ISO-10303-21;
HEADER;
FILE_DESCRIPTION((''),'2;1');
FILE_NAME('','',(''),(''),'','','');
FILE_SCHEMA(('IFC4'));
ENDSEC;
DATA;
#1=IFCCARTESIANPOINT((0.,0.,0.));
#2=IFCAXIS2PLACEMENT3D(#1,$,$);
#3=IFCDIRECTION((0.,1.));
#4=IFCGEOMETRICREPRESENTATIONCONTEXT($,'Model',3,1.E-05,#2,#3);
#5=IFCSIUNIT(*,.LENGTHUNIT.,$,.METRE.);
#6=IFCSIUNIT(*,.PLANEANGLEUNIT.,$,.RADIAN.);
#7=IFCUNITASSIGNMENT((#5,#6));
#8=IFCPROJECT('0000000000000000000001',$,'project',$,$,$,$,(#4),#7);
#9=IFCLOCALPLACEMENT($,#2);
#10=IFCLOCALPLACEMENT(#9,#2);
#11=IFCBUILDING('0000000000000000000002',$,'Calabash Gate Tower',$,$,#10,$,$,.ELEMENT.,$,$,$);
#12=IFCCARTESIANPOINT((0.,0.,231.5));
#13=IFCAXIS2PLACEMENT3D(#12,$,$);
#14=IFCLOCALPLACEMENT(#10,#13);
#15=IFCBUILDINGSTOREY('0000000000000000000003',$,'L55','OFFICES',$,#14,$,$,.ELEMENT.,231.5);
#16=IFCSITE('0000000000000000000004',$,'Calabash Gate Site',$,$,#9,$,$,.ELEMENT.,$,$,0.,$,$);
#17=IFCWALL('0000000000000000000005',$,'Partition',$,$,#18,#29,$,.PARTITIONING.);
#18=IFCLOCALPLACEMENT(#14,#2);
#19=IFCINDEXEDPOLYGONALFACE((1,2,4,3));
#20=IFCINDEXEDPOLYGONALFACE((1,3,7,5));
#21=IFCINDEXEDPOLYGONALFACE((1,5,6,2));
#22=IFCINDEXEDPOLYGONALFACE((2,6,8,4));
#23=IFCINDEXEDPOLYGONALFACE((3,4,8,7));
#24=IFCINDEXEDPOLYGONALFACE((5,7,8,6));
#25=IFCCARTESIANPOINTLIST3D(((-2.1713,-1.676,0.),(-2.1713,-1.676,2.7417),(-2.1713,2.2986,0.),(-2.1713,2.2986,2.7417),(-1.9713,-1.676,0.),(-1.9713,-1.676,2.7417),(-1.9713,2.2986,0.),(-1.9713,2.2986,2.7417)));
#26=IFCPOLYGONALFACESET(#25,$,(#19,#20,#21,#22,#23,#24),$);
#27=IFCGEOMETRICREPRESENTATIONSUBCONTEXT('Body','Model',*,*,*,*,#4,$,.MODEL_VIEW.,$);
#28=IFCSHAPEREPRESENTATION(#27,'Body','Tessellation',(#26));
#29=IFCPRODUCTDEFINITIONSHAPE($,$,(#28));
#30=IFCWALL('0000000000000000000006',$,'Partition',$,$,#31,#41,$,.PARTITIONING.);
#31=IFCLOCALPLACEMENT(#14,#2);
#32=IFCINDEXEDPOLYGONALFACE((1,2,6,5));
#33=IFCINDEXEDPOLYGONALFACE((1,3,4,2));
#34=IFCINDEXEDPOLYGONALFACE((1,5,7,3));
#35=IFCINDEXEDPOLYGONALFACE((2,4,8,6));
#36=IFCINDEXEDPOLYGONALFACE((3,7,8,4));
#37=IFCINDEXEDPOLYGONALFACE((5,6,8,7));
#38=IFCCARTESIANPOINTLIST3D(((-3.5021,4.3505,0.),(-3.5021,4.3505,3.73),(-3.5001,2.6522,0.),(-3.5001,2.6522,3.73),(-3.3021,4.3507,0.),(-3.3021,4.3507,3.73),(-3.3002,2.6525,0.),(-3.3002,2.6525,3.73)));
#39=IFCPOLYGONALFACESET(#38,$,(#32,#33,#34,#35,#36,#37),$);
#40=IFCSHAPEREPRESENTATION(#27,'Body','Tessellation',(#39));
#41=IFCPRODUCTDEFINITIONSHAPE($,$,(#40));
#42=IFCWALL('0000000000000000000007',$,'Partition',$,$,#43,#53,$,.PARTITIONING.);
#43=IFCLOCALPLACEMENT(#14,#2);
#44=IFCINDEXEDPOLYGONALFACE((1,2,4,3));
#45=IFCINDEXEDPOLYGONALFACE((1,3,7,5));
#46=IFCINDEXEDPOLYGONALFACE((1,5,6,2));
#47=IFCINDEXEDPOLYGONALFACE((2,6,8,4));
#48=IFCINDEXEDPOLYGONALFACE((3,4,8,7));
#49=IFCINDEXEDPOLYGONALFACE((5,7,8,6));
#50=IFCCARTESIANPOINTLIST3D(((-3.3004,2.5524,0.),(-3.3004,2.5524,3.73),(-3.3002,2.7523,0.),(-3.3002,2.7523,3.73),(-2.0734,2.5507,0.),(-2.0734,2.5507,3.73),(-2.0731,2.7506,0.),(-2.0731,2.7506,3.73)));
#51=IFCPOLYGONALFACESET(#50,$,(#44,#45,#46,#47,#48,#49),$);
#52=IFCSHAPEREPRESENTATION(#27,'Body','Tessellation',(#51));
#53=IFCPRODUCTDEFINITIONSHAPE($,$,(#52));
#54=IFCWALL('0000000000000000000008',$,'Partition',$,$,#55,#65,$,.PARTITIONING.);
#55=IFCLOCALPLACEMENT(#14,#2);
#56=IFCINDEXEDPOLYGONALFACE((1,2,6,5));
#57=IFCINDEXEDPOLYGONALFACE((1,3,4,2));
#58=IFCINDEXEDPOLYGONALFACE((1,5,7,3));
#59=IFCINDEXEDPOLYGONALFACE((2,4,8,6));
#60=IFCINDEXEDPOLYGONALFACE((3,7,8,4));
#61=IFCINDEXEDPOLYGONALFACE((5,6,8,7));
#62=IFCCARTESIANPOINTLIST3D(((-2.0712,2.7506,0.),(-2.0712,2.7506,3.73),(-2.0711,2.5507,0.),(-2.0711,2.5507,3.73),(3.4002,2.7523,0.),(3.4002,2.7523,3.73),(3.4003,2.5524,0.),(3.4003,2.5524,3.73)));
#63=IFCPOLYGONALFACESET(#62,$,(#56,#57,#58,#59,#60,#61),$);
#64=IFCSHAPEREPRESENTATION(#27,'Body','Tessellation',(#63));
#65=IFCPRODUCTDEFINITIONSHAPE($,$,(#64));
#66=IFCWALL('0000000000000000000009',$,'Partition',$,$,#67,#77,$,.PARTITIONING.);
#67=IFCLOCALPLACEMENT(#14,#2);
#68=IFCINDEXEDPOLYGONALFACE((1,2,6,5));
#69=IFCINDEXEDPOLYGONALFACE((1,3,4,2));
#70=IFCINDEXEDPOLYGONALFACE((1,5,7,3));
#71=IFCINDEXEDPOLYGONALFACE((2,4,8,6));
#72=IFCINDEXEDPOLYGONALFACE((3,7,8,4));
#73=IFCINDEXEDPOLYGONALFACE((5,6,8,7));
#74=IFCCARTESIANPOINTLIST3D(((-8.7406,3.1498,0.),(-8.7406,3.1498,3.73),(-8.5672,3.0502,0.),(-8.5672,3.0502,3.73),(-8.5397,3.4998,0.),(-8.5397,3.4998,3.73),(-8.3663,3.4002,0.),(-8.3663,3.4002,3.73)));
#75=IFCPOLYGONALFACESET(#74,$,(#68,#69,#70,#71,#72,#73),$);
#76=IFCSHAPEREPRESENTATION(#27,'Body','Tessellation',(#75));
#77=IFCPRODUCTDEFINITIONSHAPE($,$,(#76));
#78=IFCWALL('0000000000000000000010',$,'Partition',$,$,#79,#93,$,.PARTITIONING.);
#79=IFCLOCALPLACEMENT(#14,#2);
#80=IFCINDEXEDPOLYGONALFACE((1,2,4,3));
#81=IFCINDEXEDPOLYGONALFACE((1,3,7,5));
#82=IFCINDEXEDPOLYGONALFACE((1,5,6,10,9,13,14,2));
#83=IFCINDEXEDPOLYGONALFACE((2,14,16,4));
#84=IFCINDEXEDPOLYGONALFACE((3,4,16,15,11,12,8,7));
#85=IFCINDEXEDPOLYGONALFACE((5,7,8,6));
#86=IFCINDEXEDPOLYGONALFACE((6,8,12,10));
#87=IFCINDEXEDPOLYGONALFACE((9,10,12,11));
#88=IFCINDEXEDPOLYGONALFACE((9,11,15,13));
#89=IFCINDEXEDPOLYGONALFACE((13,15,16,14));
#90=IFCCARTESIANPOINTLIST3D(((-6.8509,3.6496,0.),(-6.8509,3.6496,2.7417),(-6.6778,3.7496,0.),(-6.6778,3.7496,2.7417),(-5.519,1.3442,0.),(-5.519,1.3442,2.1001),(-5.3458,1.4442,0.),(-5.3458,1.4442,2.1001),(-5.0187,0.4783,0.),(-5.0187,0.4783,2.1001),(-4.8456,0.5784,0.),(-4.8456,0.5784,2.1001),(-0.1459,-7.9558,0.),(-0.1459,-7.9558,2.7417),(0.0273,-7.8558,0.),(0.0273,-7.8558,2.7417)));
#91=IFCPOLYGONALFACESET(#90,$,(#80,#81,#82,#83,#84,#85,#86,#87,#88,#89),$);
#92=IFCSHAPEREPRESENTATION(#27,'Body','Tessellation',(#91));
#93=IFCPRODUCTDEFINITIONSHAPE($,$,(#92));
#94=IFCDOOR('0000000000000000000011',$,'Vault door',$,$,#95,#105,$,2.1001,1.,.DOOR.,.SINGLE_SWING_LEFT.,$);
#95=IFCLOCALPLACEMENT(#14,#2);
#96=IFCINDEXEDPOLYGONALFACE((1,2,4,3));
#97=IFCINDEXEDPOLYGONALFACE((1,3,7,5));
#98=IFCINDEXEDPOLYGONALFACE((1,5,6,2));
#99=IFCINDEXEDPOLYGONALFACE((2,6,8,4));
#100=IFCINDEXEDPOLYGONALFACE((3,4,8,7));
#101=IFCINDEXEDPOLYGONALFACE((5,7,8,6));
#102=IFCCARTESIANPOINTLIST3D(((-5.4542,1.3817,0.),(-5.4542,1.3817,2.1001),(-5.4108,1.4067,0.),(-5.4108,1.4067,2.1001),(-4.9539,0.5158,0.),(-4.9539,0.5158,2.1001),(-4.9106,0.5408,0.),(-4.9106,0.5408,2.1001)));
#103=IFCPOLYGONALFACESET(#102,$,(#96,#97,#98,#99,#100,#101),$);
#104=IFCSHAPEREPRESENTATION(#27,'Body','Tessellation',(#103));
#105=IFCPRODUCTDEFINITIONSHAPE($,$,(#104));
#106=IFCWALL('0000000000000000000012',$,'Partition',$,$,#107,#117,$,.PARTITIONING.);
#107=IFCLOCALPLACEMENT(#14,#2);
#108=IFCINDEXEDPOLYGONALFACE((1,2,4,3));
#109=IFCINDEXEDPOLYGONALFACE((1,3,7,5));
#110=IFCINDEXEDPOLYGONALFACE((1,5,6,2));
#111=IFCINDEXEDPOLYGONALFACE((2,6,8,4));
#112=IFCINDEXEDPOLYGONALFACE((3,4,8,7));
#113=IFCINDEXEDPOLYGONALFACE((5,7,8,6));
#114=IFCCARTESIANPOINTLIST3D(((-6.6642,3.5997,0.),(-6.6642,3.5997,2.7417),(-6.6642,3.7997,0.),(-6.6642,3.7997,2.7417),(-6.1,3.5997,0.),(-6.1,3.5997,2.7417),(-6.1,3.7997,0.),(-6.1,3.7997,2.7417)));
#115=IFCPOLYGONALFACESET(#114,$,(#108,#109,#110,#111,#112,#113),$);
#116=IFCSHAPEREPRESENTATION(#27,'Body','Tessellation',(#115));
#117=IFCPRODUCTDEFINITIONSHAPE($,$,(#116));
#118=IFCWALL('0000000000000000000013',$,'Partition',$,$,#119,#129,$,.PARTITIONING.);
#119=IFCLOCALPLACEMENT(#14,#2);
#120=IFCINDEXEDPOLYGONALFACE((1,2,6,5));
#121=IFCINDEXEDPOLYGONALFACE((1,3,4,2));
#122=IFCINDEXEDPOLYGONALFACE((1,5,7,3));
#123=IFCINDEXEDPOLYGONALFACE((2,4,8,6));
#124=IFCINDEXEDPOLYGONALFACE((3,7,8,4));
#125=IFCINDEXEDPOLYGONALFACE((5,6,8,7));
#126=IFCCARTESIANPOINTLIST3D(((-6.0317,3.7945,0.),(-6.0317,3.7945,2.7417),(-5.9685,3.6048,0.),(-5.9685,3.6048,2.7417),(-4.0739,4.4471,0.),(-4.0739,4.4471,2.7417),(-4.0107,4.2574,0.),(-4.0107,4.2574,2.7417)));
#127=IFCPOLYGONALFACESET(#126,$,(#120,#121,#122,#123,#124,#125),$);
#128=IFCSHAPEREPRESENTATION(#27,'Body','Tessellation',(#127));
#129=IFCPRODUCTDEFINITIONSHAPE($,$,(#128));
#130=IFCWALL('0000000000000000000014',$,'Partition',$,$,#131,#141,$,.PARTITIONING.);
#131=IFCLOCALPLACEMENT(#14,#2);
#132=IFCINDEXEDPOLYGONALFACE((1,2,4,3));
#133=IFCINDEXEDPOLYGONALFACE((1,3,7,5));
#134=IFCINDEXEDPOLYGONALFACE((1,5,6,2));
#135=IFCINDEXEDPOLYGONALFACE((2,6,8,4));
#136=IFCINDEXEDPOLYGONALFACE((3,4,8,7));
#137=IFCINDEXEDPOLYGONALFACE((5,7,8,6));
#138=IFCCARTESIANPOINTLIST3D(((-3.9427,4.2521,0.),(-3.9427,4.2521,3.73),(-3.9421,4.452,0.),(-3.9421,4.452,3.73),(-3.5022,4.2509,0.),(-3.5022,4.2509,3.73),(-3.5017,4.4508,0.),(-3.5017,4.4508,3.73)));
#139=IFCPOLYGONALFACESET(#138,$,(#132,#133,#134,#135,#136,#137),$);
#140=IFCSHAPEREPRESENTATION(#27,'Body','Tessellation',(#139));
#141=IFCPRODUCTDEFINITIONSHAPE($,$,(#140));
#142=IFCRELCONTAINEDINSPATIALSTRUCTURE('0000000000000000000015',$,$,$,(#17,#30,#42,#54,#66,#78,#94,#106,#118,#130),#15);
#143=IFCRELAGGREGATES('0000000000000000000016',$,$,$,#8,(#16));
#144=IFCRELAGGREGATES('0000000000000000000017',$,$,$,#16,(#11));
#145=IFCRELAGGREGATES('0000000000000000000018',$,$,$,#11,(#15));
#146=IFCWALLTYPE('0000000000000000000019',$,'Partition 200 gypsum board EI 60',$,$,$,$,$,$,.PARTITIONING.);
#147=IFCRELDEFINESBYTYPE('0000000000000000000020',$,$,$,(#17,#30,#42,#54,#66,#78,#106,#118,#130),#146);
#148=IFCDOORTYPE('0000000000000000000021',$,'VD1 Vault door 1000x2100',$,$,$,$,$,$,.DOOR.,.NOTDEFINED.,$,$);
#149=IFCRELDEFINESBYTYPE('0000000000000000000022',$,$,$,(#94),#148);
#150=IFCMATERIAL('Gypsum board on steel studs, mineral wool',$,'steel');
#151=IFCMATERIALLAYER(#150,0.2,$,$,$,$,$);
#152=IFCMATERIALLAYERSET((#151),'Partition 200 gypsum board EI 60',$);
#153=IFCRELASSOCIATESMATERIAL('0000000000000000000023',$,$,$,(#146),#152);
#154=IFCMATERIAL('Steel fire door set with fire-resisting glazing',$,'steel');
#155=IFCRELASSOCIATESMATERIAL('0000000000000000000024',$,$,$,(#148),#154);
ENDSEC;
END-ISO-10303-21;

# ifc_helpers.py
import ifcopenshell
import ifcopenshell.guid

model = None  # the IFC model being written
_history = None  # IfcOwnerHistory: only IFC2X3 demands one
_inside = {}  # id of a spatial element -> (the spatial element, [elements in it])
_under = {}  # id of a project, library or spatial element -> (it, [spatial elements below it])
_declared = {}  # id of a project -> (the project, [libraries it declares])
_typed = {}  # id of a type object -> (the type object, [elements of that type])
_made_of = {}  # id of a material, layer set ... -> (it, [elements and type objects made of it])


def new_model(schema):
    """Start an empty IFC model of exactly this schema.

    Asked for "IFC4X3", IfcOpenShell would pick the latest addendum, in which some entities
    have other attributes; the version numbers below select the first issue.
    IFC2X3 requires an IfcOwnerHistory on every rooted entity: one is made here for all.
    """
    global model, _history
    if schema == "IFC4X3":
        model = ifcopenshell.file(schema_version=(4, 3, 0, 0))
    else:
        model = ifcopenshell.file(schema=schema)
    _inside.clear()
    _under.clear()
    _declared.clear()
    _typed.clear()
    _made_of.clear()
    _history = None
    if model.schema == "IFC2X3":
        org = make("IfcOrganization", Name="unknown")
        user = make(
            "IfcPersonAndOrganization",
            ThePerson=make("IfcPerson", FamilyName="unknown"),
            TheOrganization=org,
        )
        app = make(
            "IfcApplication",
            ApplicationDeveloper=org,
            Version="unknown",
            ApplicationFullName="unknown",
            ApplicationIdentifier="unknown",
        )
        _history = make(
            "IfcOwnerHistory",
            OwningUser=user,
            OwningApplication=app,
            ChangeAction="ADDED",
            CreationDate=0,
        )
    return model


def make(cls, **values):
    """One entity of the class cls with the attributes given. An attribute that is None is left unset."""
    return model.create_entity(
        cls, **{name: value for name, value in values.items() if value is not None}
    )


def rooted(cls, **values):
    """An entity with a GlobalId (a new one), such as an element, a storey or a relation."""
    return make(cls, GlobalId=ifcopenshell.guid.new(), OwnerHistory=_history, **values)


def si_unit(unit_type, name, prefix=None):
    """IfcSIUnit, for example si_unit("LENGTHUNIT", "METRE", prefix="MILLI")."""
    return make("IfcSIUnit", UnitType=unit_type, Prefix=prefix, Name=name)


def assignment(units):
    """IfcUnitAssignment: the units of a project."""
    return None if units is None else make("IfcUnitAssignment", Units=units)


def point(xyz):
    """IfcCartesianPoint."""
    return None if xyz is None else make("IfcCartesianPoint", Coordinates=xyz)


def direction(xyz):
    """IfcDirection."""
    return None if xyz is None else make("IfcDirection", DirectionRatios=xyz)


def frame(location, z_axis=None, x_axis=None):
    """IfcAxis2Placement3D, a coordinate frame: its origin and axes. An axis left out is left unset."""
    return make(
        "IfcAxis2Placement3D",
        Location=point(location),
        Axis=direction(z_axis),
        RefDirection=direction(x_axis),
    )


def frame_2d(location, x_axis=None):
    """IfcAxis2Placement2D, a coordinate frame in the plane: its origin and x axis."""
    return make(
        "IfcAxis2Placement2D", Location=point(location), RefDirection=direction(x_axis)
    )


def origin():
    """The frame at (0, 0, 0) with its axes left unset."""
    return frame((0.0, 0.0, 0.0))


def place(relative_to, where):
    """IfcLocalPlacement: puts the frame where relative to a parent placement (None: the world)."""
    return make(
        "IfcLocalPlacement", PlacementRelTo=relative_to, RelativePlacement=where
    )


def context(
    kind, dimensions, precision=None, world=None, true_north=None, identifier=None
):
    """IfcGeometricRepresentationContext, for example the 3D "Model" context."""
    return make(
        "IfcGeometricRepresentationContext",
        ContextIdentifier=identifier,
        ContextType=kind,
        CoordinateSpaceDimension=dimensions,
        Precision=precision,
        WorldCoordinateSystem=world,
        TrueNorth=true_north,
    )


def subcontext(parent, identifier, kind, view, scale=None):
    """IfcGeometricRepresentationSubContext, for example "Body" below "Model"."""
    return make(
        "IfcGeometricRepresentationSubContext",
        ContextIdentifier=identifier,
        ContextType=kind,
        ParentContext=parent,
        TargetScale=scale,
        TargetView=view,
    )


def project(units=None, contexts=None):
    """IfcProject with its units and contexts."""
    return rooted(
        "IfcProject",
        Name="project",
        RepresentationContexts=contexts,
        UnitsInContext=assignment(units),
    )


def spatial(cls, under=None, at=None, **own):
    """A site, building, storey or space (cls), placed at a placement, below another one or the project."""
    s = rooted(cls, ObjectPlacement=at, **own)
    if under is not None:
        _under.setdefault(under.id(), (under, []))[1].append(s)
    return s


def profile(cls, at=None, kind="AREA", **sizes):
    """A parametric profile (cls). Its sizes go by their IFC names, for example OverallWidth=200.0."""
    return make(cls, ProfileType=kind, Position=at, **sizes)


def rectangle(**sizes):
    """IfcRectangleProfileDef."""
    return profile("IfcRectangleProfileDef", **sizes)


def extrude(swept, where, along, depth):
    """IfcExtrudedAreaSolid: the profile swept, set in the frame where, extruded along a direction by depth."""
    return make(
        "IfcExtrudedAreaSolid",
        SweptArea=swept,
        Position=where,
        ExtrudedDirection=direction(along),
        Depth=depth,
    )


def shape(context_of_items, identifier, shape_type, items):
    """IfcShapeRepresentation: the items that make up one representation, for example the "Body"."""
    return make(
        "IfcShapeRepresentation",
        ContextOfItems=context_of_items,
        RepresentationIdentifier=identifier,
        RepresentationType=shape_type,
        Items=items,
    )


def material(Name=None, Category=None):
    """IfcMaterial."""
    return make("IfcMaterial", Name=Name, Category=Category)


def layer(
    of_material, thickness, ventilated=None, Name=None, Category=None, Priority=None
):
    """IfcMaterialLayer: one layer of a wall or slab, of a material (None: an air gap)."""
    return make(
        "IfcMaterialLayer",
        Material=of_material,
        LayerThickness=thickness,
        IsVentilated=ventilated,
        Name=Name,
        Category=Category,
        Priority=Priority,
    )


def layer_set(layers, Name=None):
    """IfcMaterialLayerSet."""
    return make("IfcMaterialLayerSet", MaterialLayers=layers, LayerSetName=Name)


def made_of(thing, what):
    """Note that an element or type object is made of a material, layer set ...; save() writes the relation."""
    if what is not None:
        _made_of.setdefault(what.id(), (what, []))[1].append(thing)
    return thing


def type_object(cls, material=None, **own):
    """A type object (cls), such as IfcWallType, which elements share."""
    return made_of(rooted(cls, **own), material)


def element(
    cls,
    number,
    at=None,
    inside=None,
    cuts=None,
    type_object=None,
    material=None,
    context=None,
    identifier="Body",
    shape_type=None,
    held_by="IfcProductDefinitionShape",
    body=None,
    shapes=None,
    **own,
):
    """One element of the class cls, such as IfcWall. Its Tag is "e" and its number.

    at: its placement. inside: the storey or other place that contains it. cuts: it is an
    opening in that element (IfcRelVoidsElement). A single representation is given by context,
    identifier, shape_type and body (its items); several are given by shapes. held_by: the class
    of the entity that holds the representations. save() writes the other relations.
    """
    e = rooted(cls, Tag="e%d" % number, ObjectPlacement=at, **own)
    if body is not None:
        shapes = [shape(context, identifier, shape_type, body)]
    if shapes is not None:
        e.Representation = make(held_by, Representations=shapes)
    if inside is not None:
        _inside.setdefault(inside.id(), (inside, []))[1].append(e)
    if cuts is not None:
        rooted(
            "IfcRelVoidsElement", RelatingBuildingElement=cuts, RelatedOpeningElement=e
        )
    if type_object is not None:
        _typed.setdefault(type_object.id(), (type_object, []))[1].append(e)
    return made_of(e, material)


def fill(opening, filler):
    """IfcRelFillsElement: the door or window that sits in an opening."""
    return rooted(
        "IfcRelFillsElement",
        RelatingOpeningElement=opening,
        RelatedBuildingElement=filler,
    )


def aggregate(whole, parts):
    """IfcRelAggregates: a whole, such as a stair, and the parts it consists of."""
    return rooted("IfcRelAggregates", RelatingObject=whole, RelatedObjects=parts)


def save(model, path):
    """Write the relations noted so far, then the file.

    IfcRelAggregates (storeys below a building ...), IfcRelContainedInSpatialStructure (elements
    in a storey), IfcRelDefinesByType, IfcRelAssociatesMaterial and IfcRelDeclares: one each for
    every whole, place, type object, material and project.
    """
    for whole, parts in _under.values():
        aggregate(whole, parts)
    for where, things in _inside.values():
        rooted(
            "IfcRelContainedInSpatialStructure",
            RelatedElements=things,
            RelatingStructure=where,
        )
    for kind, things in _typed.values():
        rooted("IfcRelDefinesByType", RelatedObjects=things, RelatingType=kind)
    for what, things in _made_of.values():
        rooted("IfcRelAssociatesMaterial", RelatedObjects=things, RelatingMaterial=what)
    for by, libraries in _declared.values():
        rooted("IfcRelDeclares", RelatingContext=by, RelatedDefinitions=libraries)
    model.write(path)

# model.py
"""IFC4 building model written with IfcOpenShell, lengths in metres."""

from ifc_helpers import new_model, si_unit, direction, frame, frame_2d, origin, place, context, subcontext, project, spatial, rectangle, extrude, material, layer, layer_set, type_object, element, fill, save


model = new_model("IFC4")

# Units and contexts
model_context = context("Model", 3, precision=1e-05, world=origin(), true_north=direction((0.0, 1.0)))
body_context = subcontext(model_context, "Body", "Model", "MODEL_VIEW")
ifc_project = project(units=[si_unit("LENGTHUNIT", "METRE"), si_unit("PLANEANGLEUNIT", "RADIAN")], contexts=[model_context])

# Site, building, storey
site_placement = place(None, origin())
site = spatial("IfcSite", under=ifc_project, at=site_placement, Name="Calabash Gate Site", CompositionType="ELEMENT", RefElevation=0.0)
building_placement = place(site_placement, origin())
building = spatial("IfcBuilding", under=site, at=building_placement, Name="Calabash Gate Tower", CompositionType="ELEMENT")
storey_placement = place(building_placement, frame((0.0, 0.0, 231.5)))
storey = spatial("IfcBuildingStorey", under=building, at=storey_placement, Name="L55", Description="OFFICES", CompositionType="ELEMENT", Elevation=231.5)

# Shared definitions
ifc_material_1 = material(Name="Gypsum board on steel studs, mineral wool", Category="steel")
ifc_layer_1 = layer(ifc_material_1, 0.2)
ifc_layer_set_1 = layer_set([ifc_layer_1], Name="Partition 200 gypsum board EI 60")
wall_type_1 = type_object("IfcWallType", Name="Partition 200 gypsum board EI 60", PredefinedType="PARTITIONING", material=ifc_layer_set_1)

# Walls
wall_1_placement = place(storey_placement, frame((-2.0713, -1.676, 0.0), z_axis=(0.0, 0.0, 1.0), x_axis=(0.0, 1.0, 0.0)))
element("IfcWall", 1, at=wall_1_placement, inside=storey, type_object=wall_type_1, Name="Partition", PredefinedType="PARTITIONING", context=body_context, shape_type="SweptSolid", body=[
    extrude(rectangle(XDim=3.9746, YDim=0.2, at=frame_2d((1.9873, 0.0))), origin(), (0.0, 0.0, 1.0), 2.7417),
])
wall_2_placement = place(storey_placement, frame((-3.4021, 4.3506, 0.0), z_axis=(0.0, 0.0, 1.0), x_axis=(0.00115, -0.999999, 0.0)))
element("IfcWall", 2, at=wall_2_placement, inside=storey, type_object=wall_type_1, Name="Partition", PredefinedType="PARTITIONING", context=body_context, shape_type="SweptSolid", body=[
    extrude(rectangle(XDim=1.6982, YDim=0.2, at=frame_2d((0.8491, 0.0))), origin(), (0.0, 0.0, 1.0), 3.73),
])
wall_3_placement = place(storey_placement, frame((-3.3003, 2.6523, 0.0), z_axis=(0.0, 0.0, 1.0), x_axis=(0.999999, -0.001393, 0.0)))
element("IfcWall", 3, at=wall_3_placement, inside=storey, type_object=wall_type_1, Name="Partition", PredefinedType="PARTITIONING", context=body_context, shape_type="SweptSolid", body=[
    extrude(rectangle(XDim=1.2271, YDim=0.2, at=frame_2d((0.6135, 0.0))), origin(), (0.0, 0.0, 1.0), 3.73),
])
wall_4_placement = place(storey_placement, frame((-2.0713, 2.6506, 0.0), z_axis=(0.0, 0.0, 1.0), x_axis=(1.0, 0.000312, 0.0)))
element("IfcWall", 4, at=wall_4_placement, inside=storey, type_object=wall_type_1, Name="Partition", PredefinedType="PARTITIONING", context=body_context, shape_type="SweptSolid", body=[
    extrude(rectangle(XDim=5.4714, YDim=0.2, at=frame_2d((2.7358, 0.0))), origin(), (0.0, 0.0, 1.0), 3.73),
])
wall_5_placement = place(storey_placement, frame((-8.6538, 3.1001, 0.0), z_axis=(0.0, 0.0, 1.0), x_axis=(0.497766, 0.867311, 0.0)))
element("IfcWall", 5, at=wall_5_placement, inside=storey, type_object=wall_type_1, Name="Partition", PredefinedType="PARTITIONING", context=body_context, shape_type="SweptSolid", body=[
    extrude(rectangle(XDim=0.4036, YDim=0.2, at=frame_2d((0.2017, 0.0))), origin(), (0.0, 0.0, 1.0), 3.73),
])

# Wall, opening, door
wall_6_placement = place(storey_placement, frame((-6.7644, 3.6997, 0.0), z_axis=(0.0, 0.0, 1.0), x_axis=(0.500261, -0.865875, 0.0)))
wall_6 = element("IfcWall", 6, at=wall_6_placement, inside=storey, type_object=wall_type_1, Name="Partition", PredefinedType="PARTITIONING", context=body_context, shape_type="SweptSolid", body=[
    extrude(rectangle(XDim=13.4031, YDim=0.2, at=frame_2d((6.7017, 0.0))), origin(), (0.0, 0.0, 1.0), 2.7417),
])
opening_1_placement = place(wall_6_placement, frame((2.6626, 0.0, 0.0)))
opening_1 = element("IfcOpeningElement", 7, at=opening_1_placement, cuts=wall_6, PredefinedType="OPENING", context=body_context, shape_type="SweptSolid", body=[
    extrude(rectangle(XDim=1.0, YDim=2.1001, at=frame_2d((0.5, 1.05))), frame((0.0, 0.1099, 0.0), z_axis=(0.0, -1.0, 0.0), x_axis=(1.0, 0.0, 0.0)), (0.0, 0.0, 1.0), 0.22),
])
ifc_material_2 = material(Name="Steel fire door set with fire-resisting glazing", Category="steel")
door_type_1 = type_object("IfcDoorType", Name="VD1 Vault door 1000x2100", OperationType="NOTDEFINED", PredefinedType="DOOR", material=ifc_material_2)
door_1_placement = place(opening_1_placement, origin())
door_1 = element("IfcDoor", 8, at=door_1_placement, inside=storey, type_object=door_type_1, Name="Vault door", OperationType="SINGLE_SWING_LEFT", OverallHeight=2.1001, OverallWidth=1.0, PredefinedType="DOOR", context=body_context, shape_type="SweptSolid", body=[
    extrude(rectangle(XDim=1.0, YDim=2.1001, at=frame_2d((0.5, 1.05))), frame((0.0, 0.0249, 0.0), z_axis=(0.0, -1.0, 0.0), x_axis=(1.0, 0.0, 0.0)), (0.0, 0.0, 1.0), 0.05),
])
fill(opening_1, door_1)

# Walls
wall_7_placement = place(storey_placement, frame((-6.6643, 3.6997, 0.0), z_axis=(0.0, 0.0, 1.0), x_axis=(1.0, 0.0, 0.0)))
element("IfcWall", 9, at=wall_7_placement, inside=storey, type_object=wall_type_1, Name="Partition", PredefinedType="PARTITIONING", context=body_context, shape_type="SweptSolid", body=[
    extrude(rectangle(XDim=0.5642, YDim=0.2, at=frame_2d((0.2822, 0.0))), origin(), (0.0, 0.0, 1.0), 2.7417),
])
wall_8_placement = place(storey_placement, frame((-6.0, 3.6997, 0.0), z_axis=(0.0, 0.0, 1.0), x_axis=(0.948683, 0.316228, 0.0)))
element("IfcWall", 10, at=wall_8_placement, inside=storey, type_object=wall_type_1, Name="Partition", PredefinedType="PARTITIONING", context=body_context, shape_type="SweptSolid", body=[
    extrude(rectangle(XDim=2.0637, YDim=0.2, at=frame_2d((1.0317, 0.0))), origin(), (0.0, 0.0, 1.0), 2.7417),
])
wall_9_placement = place(storey_placement, frame((-3.9424, 4.3521, 0.0), z_axis=(0.0, 0.0, 1.0), x_axis=(0.999996, -0.002772, 0.0)))
element("IfcWall", 11, at=wall_9_placement, inside=storey, type_object=wall_type_1, Name="Partition", PredefinedType="PARTITIONING", context=body_context, shape_type="SweptSolid", body=[
    extrude(rectangle(XDim=0.4404, YDim=0.2, at=frame_2d((0.2202, 0.0))), origin(), (0.0, 0.0, 1.0), 3.73),
])

save(model, "model.ifc")
